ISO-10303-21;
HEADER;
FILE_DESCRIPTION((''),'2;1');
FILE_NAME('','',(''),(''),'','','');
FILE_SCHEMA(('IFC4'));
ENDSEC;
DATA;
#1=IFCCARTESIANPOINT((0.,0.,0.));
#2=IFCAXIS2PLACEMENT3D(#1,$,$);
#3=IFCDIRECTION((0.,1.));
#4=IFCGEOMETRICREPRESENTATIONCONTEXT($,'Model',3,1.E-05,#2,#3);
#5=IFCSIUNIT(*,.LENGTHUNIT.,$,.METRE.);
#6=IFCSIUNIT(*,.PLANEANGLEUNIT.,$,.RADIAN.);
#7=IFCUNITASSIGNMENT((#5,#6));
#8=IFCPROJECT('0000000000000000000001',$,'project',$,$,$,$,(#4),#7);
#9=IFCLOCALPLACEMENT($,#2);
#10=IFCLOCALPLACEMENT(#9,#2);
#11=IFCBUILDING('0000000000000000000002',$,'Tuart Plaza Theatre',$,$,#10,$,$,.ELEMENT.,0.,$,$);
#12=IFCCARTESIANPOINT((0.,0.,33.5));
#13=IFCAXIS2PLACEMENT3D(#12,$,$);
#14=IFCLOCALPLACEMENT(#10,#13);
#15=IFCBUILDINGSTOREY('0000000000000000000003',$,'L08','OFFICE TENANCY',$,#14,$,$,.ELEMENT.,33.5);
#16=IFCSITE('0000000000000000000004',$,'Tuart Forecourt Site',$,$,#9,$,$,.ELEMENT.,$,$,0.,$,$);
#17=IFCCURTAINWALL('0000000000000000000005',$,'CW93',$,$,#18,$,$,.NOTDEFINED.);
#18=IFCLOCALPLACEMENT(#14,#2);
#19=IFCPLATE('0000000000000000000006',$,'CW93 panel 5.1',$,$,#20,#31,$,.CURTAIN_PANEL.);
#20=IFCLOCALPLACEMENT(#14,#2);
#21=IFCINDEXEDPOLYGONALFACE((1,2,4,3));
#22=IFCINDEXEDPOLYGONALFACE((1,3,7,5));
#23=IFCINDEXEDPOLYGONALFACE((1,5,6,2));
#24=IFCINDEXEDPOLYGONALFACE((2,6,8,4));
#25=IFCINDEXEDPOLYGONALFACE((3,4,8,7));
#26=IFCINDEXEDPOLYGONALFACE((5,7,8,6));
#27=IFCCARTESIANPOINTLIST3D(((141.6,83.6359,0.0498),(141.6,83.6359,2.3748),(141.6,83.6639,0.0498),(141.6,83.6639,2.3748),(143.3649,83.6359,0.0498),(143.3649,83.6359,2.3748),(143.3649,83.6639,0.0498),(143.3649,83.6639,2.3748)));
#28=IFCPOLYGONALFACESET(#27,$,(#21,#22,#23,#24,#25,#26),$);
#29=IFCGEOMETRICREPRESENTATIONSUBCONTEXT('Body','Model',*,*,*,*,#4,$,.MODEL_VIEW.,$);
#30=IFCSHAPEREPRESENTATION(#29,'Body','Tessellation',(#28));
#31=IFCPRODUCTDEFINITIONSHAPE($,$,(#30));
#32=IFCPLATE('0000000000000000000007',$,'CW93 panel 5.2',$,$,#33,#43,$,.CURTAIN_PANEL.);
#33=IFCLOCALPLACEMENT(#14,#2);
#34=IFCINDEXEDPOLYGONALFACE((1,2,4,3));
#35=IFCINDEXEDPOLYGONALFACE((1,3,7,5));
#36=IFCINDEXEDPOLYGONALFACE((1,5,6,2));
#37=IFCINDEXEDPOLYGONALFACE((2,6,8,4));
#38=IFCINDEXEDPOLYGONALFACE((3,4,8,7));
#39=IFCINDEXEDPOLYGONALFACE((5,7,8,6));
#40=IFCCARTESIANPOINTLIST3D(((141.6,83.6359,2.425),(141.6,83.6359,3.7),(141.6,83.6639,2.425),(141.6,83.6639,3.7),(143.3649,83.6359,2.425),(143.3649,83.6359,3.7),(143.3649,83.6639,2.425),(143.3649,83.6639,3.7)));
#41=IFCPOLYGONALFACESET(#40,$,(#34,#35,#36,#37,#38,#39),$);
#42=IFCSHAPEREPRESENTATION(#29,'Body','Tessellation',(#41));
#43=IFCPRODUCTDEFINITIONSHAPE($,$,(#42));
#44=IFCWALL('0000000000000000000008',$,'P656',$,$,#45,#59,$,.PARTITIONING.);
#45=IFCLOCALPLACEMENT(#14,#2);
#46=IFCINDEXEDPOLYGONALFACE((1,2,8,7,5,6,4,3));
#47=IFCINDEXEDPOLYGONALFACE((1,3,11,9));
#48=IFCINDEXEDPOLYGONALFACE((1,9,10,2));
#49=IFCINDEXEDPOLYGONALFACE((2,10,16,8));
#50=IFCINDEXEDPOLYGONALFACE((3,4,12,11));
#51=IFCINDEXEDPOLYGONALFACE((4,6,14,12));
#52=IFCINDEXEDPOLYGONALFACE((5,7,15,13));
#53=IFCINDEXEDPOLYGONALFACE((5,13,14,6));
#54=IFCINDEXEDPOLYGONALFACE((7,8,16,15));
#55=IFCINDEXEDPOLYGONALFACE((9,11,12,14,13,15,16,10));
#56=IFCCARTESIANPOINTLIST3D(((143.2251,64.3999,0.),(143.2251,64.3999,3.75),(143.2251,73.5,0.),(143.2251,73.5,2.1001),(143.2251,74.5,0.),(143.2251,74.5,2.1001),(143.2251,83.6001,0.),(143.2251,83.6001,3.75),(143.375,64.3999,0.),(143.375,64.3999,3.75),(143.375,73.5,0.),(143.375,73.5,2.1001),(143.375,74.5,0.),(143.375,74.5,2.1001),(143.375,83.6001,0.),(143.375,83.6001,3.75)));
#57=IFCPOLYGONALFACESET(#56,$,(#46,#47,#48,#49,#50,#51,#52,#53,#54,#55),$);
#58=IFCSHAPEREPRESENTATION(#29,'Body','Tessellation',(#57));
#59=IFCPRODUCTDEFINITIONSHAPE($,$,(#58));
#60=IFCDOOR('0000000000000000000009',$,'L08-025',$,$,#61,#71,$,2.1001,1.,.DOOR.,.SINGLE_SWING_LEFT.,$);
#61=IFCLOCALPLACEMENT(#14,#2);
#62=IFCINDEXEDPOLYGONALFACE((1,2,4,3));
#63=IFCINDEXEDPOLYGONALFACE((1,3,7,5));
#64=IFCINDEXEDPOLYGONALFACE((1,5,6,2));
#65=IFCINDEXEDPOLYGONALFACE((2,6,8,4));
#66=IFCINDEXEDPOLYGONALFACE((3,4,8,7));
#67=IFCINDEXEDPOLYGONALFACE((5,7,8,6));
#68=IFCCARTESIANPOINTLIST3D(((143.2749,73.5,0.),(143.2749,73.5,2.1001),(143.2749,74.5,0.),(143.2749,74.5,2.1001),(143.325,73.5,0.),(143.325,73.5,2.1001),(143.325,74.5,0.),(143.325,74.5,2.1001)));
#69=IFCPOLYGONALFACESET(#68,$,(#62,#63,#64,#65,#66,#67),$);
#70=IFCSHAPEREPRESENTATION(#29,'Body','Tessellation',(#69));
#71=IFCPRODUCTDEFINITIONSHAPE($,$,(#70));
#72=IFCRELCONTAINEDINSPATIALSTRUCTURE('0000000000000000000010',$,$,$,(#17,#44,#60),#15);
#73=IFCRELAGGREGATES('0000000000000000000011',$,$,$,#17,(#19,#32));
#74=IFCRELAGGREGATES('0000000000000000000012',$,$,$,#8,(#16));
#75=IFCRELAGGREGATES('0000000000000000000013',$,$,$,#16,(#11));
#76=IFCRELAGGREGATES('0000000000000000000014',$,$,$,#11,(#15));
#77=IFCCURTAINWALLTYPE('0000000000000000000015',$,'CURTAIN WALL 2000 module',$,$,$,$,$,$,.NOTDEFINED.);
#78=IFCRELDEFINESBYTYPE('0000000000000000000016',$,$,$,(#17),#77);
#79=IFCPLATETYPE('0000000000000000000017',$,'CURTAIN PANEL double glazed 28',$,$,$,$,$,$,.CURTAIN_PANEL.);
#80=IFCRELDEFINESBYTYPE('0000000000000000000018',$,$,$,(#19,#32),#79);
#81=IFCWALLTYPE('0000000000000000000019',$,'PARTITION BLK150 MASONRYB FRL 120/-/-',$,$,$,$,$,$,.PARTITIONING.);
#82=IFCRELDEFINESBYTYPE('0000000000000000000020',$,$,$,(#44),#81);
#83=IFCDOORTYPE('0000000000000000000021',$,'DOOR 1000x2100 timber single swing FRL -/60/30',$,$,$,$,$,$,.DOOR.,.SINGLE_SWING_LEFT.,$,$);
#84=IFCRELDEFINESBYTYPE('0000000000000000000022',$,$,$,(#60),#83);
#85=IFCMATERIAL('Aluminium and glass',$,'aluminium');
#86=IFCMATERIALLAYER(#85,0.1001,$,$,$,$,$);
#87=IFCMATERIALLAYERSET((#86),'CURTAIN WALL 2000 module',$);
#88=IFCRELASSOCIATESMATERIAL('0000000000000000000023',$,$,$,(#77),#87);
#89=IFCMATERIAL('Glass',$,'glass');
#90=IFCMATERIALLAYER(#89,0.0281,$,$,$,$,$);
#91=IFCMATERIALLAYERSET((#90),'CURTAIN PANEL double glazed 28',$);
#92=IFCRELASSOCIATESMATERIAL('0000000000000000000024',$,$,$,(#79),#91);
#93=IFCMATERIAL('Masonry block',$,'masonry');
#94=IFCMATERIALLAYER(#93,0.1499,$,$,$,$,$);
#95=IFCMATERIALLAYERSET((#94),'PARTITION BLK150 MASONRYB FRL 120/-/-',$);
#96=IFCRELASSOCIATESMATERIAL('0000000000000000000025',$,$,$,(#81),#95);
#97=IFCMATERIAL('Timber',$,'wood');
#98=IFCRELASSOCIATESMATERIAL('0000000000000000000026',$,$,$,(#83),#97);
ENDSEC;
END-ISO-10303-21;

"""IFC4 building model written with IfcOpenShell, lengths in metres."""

from ifc_helpers import new_model, si_unit, direction, frame, frame_2d, origin, origin_2d, place, context, subcontext, project, spatial, rectangle, extrude, material, layer, layer_set, type_object, element, fill, aggregate, save


model = new_model("IFC4")

# Units and contexts
model_context = context("Model", 3, precision=1e-05, world=origin(), true_north=direction((0.0, 1.0)))
body_context = subcontext(model_context, "Body", "Model", "MODEL_VIEW")
ifc_project = project(units=[si_unit("LENGTHUNIT", "METRE"), si_unit("PLANEANGLEUNIT", "RADIAN")], contexts=[model_context])

# Site, building, storey
site_placement = place(None, origin())
site = spatial("IfcSite", under=ifc_project, at=site_placement, Name="Tuart Forecourt Site", CompositionType="ELEMENT", RefElevation=0.0)
building_placement = place(site_placement, origin())
building = spatial("IfcBuilding", under=site, at=building_placement, Name="Tuart Plaza Theatre", CompositionType="ELEMENT", ElevationOfRefHeight=0.0)
storey_placement = place(building_placement, frame((0.0, 0.0, 33.5)))
storey = spatial("IfcBuildingStorey", under=building, at=storey_placement, Name="L08", Description="OFFICE TENANCY", CompositionType="ELEMENT", Elevation=33.5)

# Curtain wall
ifc_material_1 = material(Name="Aluminium and glass", Category="aluminium")
ifc_layer_1 = layer(ifc_material_1, 0.1001)
ifc_layer_set_1 = layer_set([ifc_layer_1], Name="CURTAIN WALL 2000 module")
curtain_wall_type = type_object("IfcCurtainWallType", Name="CURTAIN WALL 2000 module", PredefinedType="NOTDEFINED", material=ifc_layer_set_1)
curtain_wall_1_placement = place(storey_placement, origin())
curtain_wall_1 = element("IfcCurtainWall", 1, at=curtain_wall_1_placement, inside=storey, type_object=curtain_wall_type, Name="CW93", PredefinedType="NOTDEFINED")

# Plates
ifc_material_2 = material(Name="Glass", Category="glass")
ifc_layer_2 = layer(ifc_material_2, 0.0281)
ifc_layer_set_2 = layer_set([ifc_layer_2], Name="CURTAIN PANEL double glazed 28")
plate_type = type_object("IfcPlateType", Name="CURTAIN PANEL double glazed 28", PredefinedType="CURTAIN_PANEL", material=ifc_layer_set_2)
plate_1_placement = place(storey_placement, frame((142.4824, 83.6499, 0.0498), z_axis=(0.0, 0.0, 1.0), x_axis=(-1.0, 0.0, 0.0)))
plate_1 = element("IfcPlate", 2, at=plate_1_placement, type_object=plate_type, Name="CW93 panel 5.1", PredefinedType="CURTAIN_PANEL", context=body_context, shape_type="SweptSolid", body=[
    extrude(rectangle(XDim=1.7649, YDim=0.0281, at=origin_2d()), origin(), (0.0, 0.0, 1.0), 2.325),
])
plate_2_placement = place(storey_placement, frame((142.4824, 83.6499, 2.425), z_axis=(0.0, 0.0, 1.0), x_axis=(-1.0, 0.0, 0.0)))
plate_2 = element("IfcPlate", 3, at=plate_2_placement, type_object=plate_type, Name="CW93 panel 5.2", PredefinedType="CURTAIN_PANEL", context=body_context, shape_type="SweptSolid", body=[
    extrude(rectangle(XDim=1.7649, YDim=0.0281, at=origin_2d()), origin(), (0.0, 0.0, 1.0), 1.2749),
])
aggregate(curtain_wall_1, [plate_1, plate_2])

# Wall, opening, door
ifc_material_3 = material(Name="Masonry block", Category="masonry")
ifc_layer_3 = layer(ifc_material_3, 0.1499)
ifc_layer_set_3 = layer_set([ifc_layer_3], Name="PARTITION BLK150 MASONRYB FRL 120/-/-")
wall_type = type_object("IfcWallType", Name="PARTITION BLK150 MASONRYB FRL 120/-/-", PredefinedType="PARTITIONING", material=ifc_layer_set_3)
wall_placement = place(storey_placement, frame((143.3, 83.6001, 0.0), z_axis=(0.0, 0.0, 1.0), x_axis=(0.0, -1.0, 0.0)))
wall = element("IfcWall", 4, at=wall_placement, inside=storey, type_object=wall_type, Name="P656", PredefinedType="PARTITIONING", context=body_context, shape_type="SweptSolid", body=[
    extrude(rectangle(XDim=19.2002, YDim=0.1499, at=frame_2d((9.6001, 0.0))), origin(), (0.0, 0.0, 1.0), 3.75),
])
opening_placement = place(wall_placement, frame((9.1001, 0.0, 0.0)))
opening = element("IfcOpeningElement", 5, at=opening_placement, cuts=wall, PredefinedType="OPENING", context=body_context, shape_type="SweptSolid", body=[
    extrude(rectangle(XDim=1.0, YDim=2.1001, at=frame_2d((0.5, 1.05))), frame((0.0, 0.085, 0.0), z_axis=(0.0, -1.0, 0.0), x_axis=(1.0, 0.0, 0.0)), (0.0, 0.0, 1.0), 0.1699),
])
ifc_material_4 = material(Name="Timber", Category="wood")
door_type = type_object("IfcDoorType", Name="DOOR 1000x2100 timber single swing FRL -/60/30", OperationType="SINGLE_SWING_LEFT", PredefinedType="DOOR", material=ifc_material_4)
door_placement = place(opening_placement, origin())
door = element("IfcDoor", 6, at=door_placement, inside=storey, type_object=door_type, Name="L08-025", OperationType="SINGLE_SWING_LEFT", OverallHeight=2.1001, OverallWidth=1.0, PredefinedType="DOOR", context=body_context, shape_type="SweptSolid", body=[
    extrude(rectangle(XDim=1.0, YDim=2.1001, at=frame_2d((0.5, 1.05))), frame((0.0, 0.0249, 0.0), z_axis=(0.0, -1.0, 0.0), x_axis=(1.0, 0.0, 0.0)), (0.0, 0.0, 1.0), 0.05),
])
fill(opening, door)

save(model, "model.ifc")
